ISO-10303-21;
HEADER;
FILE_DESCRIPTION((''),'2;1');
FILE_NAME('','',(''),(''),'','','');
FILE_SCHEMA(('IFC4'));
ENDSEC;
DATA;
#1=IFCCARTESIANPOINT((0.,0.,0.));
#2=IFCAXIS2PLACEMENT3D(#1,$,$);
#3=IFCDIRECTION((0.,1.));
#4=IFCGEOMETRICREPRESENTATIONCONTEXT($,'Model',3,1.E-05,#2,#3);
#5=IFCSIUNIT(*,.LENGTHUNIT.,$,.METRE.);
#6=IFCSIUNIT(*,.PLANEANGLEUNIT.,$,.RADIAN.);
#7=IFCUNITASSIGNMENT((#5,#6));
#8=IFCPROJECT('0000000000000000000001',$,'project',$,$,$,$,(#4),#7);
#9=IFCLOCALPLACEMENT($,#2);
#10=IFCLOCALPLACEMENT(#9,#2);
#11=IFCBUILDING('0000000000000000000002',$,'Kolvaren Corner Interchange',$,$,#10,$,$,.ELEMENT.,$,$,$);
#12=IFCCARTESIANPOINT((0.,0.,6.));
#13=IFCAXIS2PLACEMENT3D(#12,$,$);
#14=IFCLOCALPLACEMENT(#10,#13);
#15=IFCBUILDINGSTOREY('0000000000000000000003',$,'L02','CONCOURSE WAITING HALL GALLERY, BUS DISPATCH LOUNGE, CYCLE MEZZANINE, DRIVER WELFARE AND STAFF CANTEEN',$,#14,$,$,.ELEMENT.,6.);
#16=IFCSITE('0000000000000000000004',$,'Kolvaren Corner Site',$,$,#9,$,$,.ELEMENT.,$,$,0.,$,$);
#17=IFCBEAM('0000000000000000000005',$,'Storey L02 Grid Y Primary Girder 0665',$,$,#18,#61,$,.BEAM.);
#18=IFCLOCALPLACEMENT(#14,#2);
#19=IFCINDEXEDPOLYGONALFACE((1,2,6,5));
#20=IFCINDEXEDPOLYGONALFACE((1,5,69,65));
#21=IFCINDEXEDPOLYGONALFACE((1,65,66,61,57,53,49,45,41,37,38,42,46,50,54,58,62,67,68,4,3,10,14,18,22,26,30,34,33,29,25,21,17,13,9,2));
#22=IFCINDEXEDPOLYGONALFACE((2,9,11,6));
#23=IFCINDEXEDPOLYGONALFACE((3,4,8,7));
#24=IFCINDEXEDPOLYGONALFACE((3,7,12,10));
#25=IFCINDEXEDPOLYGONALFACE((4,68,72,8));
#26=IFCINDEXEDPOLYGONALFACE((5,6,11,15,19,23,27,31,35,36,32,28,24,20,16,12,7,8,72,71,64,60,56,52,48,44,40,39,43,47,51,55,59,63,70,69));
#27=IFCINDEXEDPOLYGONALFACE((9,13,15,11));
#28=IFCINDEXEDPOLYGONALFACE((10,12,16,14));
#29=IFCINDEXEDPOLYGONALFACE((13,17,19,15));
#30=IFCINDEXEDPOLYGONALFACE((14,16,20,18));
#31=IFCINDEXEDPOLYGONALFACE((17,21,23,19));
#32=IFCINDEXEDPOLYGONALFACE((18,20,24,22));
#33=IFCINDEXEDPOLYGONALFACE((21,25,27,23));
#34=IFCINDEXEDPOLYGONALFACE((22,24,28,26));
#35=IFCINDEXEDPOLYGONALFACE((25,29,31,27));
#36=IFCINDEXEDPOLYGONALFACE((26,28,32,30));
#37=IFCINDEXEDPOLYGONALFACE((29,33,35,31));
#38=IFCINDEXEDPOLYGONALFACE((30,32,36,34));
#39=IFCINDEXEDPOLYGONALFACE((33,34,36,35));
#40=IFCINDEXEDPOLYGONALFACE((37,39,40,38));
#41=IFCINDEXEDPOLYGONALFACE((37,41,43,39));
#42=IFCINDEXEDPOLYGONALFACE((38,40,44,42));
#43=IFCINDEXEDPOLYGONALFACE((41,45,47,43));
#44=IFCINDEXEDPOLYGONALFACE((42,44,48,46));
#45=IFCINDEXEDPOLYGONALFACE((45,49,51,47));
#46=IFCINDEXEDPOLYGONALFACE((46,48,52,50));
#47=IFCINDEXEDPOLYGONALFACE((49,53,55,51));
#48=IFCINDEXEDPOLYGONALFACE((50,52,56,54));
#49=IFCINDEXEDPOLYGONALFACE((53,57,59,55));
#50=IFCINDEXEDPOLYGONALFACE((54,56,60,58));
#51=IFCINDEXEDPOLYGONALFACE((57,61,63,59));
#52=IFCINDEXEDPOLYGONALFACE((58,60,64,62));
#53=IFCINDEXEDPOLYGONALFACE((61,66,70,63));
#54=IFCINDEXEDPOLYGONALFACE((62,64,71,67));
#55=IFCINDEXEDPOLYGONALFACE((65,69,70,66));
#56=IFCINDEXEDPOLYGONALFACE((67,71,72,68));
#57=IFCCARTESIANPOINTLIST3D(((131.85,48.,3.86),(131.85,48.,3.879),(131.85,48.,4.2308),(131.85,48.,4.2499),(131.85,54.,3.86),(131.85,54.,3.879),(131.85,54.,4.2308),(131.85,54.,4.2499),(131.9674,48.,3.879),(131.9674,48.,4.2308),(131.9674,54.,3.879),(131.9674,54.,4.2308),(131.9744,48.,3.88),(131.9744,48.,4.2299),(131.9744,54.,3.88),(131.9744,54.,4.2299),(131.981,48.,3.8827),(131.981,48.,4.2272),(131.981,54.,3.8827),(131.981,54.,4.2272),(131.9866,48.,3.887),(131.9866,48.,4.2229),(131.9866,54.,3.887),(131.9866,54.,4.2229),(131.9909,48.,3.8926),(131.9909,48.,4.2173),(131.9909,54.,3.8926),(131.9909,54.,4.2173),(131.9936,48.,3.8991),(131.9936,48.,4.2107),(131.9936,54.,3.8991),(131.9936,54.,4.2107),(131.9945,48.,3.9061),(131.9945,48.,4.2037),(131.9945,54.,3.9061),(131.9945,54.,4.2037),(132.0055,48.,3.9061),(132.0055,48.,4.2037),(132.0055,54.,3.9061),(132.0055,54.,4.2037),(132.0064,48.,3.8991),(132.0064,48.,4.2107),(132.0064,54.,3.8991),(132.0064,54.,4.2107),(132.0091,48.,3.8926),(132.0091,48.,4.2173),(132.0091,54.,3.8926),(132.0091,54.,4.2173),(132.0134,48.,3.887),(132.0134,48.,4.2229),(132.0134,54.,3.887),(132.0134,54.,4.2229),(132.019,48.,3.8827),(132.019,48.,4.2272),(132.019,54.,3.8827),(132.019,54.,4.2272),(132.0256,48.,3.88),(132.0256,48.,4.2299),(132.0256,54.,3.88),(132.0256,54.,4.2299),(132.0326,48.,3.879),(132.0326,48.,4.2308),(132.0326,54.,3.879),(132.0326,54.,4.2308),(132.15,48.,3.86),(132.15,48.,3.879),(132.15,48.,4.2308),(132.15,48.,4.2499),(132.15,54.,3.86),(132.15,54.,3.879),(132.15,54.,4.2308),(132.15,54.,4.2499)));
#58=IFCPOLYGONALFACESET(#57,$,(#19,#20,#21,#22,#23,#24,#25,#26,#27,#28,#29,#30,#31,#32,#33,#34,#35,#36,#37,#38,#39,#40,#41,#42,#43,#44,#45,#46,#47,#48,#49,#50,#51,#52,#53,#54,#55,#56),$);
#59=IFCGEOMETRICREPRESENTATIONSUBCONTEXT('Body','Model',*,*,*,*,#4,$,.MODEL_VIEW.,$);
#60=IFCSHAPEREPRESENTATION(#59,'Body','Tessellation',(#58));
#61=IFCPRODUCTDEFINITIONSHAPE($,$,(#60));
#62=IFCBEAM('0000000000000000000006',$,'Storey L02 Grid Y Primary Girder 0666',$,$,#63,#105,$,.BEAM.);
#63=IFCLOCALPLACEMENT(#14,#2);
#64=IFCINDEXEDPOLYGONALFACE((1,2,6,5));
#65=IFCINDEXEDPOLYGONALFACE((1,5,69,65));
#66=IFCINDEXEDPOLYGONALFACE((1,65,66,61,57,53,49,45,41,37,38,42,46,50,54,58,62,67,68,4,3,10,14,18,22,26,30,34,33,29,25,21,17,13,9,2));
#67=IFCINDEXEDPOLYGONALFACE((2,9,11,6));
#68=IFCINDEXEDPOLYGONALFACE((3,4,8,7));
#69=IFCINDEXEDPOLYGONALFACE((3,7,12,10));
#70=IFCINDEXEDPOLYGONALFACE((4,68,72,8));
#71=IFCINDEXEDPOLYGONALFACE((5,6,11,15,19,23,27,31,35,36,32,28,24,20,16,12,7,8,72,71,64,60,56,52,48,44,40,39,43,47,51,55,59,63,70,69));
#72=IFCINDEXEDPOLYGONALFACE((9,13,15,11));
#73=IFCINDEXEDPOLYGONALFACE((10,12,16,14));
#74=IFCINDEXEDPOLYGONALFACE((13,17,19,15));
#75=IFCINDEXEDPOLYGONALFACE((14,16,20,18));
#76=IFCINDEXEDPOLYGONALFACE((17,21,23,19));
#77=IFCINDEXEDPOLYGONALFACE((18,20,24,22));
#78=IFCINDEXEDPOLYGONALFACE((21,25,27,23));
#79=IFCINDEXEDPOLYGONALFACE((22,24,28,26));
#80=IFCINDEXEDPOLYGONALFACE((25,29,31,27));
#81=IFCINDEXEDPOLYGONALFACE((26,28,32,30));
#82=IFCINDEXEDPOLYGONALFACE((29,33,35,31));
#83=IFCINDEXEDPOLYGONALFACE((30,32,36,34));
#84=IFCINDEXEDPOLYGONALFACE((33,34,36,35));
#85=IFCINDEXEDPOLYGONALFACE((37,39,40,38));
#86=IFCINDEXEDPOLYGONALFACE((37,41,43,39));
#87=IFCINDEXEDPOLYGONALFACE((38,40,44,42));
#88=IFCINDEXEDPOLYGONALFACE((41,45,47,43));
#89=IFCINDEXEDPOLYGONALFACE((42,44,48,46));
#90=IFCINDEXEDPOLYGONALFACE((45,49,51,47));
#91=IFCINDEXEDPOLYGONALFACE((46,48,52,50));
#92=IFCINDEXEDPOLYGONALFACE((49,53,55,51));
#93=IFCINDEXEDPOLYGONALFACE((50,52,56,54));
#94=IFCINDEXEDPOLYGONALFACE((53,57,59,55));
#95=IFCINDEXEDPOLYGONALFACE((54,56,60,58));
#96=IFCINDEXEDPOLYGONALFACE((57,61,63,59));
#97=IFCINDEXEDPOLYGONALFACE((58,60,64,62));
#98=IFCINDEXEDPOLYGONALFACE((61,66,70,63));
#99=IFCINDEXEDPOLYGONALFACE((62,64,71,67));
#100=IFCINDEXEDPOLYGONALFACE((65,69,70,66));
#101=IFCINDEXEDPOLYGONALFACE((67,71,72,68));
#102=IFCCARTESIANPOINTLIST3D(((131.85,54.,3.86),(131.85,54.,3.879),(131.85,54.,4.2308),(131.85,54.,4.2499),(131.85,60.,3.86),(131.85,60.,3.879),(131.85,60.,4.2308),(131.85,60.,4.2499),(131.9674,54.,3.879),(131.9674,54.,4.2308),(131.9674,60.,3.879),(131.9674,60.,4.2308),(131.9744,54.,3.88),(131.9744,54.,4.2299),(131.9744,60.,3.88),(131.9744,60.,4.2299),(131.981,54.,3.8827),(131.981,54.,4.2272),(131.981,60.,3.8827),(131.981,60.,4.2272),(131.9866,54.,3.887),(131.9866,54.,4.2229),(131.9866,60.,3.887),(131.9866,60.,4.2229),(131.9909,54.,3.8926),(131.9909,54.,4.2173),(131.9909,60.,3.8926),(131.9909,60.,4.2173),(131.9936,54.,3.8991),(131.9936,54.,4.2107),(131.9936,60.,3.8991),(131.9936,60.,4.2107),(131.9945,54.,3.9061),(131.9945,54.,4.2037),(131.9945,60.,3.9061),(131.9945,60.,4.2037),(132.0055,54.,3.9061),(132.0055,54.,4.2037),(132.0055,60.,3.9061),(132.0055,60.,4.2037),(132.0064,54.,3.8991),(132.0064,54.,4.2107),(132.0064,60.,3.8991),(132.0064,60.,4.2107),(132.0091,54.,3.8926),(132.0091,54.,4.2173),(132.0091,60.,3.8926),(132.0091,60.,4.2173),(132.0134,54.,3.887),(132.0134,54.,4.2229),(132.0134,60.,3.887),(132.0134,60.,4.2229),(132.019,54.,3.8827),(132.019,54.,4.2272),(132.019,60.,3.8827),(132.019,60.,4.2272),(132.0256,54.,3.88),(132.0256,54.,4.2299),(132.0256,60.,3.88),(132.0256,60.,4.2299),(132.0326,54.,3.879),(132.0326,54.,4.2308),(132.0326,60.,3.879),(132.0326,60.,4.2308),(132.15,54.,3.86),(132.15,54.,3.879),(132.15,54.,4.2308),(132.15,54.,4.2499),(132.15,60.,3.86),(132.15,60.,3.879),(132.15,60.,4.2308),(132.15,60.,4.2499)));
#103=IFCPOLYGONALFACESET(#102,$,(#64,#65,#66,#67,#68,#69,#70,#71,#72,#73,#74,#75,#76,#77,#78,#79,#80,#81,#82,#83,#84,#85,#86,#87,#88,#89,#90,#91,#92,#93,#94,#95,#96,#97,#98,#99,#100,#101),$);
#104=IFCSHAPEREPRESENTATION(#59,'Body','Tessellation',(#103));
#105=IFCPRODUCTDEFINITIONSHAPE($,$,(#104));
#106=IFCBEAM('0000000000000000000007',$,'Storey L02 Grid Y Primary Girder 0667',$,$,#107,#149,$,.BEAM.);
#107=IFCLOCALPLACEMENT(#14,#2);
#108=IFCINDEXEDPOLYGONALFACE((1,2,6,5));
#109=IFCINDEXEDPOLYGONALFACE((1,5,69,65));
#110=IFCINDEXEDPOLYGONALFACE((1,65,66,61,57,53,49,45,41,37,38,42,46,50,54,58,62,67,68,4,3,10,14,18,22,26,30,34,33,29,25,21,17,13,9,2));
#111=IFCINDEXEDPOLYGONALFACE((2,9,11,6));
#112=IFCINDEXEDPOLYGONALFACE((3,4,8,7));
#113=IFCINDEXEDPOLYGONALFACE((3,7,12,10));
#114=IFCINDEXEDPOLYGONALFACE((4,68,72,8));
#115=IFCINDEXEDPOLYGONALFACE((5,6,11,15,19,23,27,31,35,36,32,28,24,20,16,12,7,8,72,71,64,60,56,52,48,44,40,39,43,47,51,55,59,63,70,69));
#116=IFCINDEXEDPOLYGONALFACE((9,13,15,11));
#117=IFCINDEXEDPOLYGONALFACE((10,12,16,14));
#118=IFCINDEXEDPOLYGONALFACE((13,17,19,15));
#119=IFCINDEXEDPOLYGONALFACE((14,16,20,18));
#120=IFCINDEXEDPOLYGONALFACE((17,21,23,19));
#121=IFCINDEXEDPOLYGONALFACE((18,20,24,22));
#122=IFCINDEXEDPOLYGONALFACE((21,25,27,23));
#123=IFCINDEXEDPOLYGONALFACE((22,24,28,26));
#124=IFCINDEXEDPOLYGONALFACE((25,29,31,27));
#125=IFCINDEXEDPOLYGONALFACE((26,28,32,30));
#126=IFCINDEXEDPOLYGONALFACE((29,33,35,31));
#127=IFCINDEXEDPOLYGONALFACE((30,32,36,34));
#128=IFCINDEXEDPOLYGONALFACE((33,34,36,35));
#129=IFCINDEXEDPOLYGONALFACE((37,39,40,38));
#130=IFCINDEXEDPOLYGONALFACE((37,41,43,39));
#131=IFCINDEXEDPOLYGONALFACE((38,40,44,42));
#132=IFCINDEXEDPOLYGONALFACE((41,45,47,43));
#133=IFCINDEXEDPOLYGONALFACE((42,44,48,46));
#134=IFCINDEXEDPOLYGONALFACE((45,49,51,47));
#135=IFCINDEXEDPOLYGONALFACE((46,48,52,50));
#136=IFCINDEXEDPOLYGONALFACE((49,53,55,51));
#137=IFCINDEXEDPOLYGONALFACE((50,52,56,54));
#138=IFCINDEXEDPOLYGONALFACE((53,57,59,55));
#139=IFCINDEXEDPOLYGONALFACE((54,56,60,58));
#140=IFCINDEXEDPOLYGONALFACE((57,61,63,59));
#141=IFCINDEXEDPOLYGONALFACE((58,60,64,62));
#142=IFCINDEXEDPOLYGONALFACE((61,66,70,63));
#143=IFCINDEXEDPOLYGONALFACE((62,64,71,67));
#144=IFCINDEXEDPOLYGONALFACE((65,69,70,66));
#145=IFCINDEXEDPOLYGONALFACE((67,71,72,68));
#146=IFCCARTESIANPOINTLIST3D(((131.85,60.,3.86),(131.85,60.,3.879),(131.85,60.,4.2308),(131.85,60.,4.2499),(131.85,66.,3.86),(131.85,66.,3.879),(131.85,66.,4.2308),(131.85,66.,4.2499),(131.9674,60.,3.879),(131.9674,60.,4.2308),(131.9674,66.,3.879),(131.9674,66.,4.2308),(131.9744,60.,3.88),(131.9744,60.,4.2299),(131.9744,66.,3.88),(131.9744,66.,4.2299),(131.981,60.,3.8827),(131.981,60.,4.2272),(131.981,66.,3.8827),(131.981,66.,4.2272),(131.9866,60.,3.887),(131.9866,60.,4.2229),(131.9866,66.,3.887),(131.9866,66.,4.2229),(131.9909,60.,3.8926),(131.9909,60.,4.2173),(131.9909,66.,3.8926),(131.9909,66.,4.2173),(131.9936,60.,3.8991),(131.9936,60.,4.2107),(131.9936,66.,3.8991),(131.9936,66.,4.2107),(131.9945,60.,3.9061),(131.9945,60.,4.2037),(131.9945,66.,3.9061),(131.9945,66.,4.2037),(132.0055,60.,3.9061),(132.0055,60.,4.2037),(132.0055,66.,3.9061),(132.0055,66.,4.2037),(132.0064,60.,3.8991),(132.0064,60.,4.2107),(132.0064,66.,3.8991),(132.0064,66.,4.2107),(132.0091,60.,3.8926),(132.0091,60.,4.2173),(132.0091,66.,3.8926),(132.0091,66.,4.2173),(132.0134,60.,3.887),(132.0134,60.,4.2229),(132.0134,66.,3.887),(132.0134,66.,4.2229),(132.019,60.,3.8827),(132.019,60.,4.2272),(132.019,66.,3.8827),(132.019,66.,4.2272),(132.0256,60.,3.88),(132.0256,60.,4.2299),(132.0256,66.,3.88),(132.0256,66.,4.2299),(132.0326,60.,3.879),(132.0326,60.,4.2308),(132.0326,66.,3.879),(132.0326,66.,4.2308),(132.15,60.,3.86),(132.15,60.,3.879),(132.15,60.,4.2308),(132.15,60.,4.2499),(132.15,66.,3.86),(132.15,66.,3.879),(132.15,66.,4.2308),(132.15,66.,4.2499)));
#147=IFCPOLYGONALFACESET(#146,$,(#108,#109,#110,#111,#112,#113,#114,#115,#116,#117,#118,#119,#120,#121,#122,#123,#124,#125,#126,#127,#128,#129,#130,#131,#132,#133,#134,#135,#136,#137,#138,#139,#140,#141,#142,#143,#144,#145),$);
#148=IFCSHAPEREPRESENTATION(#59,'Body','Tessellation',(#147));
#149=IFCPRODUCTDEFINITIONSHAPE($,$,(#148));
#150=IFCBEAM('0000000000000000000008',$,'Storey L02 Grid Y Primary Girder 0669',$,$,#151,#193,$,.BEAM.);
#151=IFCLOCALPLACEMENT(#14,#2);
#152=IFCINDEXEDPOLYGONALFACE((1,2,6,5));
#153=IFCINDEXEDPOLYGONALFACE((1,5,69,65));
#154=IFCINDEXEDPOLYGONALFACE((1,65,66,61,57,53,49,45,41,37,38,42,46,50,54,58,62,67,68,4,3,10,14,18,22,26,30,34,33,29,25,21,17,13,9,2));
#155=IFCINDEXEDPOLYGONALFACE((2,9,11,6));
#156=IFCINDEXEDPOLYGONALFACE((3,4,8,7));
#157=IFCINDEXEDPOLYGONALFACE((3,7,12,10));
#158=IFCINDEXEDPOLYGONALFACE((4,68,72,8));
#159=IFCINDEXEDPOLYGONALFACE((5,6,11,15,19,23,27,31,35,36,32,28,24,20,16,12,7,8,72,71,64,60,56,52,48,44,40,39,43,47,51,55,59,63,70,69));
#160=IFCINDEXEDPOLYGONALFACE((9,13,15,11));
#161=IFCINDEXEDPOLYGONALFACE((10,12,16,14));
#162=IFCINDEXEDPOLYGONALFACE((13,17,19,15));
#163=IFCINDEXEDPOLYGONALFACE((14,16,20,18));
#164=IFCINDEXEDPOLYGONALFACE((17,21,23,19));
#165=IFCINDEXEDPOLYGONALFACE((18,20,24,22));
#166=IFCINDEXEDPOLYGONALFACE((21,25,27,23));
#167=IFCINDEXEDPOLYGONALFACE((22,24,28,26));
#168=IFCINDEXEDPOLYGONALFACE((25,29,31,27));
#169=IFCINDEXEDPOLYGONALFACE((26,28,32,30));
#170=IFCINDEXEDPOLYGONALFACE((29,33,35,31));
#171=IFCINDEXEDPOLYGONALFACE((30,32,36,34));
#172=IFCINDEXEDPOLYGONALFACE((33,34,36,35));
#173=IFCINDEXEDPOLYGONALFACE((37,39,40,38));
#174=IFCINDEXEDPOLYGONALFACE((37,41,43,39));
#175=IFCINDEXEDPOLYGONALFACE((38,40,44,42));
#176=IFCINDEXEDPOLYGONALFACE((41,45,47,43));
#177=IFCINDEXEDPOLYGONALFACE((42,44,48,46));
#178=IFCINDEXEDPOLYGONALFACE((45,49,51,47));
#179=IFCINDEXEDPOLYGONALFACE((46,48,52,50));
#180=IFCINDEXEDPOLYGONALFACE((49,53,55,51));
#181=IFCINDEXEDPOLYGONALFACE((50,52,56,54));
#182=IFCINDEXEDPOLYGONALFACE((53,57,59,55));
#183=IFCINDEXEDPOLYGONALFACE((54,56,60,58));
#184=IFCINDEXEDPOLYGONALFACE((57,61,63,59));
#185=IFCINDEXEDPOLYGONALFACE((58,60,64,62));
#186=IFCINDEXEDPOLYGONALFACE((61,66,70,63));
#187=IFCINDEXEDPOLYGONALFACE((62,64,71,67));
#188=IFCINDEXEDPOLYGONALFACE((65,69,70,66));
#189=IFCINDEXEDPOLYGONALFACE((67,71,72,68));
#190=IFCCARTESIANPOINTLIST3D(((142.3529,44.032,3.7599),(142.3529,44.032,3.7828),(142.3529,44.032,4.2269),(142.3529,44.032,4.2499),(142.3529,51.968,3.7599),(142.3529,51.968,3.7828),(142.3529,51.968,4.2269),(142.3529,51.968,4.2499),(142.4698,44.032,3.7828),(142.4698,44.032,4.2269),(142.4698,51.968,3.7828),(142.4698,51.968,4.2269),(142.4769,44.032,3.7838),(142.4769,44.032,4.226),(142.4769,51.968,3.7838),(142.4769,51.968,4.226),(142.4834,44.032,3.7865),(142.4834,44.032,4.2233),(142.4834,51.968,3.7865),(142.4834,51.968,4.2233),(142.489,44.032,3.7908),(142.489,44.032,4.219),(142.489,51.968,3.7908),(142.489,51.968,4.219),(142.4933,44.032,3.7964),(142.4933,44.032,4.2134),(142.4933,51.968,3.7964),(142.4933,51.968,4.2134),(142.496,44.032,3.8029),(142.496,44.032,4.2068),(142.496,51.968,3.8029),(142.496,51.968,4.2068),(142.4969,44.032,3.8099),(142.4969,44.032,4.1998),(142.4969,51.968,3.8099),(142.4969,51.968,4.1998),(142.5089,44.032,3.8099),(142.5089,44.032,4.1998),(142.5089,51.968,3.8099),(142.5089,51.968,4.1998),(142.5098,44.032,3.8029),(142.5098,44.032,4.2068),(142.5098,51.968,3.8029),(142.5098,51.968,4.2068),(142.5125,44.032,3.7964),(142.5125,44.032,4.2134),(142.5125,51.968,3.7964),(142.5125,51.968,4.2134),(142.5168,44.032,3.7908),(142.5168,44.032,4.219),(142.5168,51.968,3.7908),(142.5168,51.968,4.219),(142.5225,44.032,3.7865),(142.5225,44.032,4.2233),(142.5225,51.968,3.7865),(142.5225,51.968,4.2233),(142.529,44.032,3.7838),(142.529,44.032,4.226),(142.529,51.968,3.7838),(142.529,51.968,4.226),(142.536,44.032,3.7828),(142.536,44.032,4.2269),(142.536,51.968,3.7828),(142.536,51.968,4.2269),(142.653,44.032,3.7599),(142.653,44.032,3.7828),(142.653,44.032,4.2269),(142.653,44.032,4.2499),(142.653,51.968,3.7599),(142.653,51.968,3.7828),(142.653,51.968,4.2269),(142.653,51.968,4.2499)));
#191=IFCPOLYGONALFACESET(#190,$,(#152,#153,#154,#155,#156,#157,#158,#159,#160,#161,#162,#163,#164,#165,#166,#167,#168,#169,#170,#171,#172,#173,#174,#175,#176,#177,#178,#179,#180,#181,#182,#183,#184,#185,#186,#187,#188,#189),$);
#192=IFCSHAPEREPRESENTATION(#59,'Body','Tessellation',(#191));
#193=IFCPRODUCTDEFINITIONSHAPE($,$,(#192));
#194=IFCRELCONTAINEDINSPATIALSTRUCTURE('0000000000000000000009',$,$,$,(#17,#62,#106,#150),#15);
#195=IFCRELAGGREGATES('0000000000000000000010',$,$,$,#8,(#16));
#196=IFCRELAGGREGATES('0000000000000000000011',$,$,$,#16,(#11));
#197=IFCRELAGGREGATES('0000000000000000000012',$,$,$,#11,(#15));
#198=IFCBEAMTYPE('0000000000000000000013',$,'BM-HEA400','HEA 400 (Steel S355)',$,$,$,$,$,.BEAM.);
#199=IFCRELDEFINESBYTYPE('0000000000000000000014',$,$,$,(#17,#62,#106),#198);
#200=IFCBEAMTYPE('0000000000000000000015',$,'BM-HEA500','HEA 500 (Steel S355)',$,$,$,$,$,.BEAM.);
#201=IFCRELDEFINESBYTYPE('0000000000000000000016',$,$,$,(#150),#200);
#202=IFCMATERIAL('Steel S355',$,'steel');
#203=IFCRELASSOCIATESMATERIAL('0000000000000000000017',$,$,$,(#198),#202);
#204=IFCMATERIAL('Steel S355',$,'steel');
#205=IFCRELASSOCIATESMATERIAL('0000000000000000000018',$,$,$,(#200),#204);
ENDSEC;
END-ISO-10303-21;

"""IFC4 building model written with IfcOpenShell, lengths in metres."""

from ifc_helpers import new_model, si_unit, direction, frame, origin, origin_2d, place, context, subcontext, project, spatial, i_section, extrude, material, material_profile, profile_set, type_object, element, save


model = new_model("IFC4")

# Units and contexts
model_context = context("Model", 3, precision=1e-05, world=origin(), true_north=direction((0.0, 1.0)))
body_context = subcontext(model_context, "Body", "Model", "MODEL_VIEW")
ifc_project = project(units=[si_unit("LENGTHUNIT", "METRE"), si_unit("PLANEANGLEUNIT", "RADIAN")], contexts=[model_context])

# Site, building, storey
site_placement = place(None, origin())
site = spatial("IfcSite", under=ifc_project, at=site_placement, Name="Kolvaren Corner Site", CompositionType="ELEMENT", RefElevation=0.0)
building_placement = place(site_placement, origin())
building = spatial("IfcBuilding", under=site, at=building_placement, Name="Kolvaren Corner Interchange", CompositionType="ELEMENT")
storey_placement = place(building_placement, frame((0.0, 0.0, 6.0)))
storey = spatial("IfcBuildingStorey", under=building, at=storey_placement, Name="L02", Description="CONCOURSE WAITING HALL GALLERY, BUS DISPATCH LOUNGE, CYCLE MEZZANINE, DRIVER WELFARE AND STAFF CANTEEN", CompositionType="ELEMENT", Elevation=6.0)

# Beams
ifc_material_1 = material(Name="Steel S355", Category="steel")
ifc_material_profile_1 = material_profile(ifc_material_1, i_section(OverallWidth=0.3, OverallDepth=0.3899, WebThickness=0.011, FlangeThickness=0.019, FilletRadius=0.0271, at=origin_2d()), Name="HEA 400")
ifc_profile_set_1 = profile_set([ifc_material_profile_1], Name="Steel S355")
beam_type_1 = type_object("IfcBeamType", Name="BM-HEA400", Description="HEA 400 (Steel S355)", PredefinedType="BEAM", material=ifc_profile_set_1)
for number, where, z_axis, x_axis, name in (
    (1, (132.0, 48.0, 4.0549), (0.0, 1.0, 0.0), (-1.0, 0.0, 0.0), "Storey L02 Grid Y Primary Girder 0665"),
    (2, (132.0, 54.0, 4.0549), (0.0, 1.0, 0.0), (-1.0, 0.0, 0.0), "Storey L02 Grid Y Primary Girder 0666"),
    (3, (132.0, 60.0, 4.0549), (0.0, 1.0, 0.0), (-1.0, 0.0, 0.0), "Storey L02 Grid Y Primary Girder 0667"),
):
    element("IfcBeam", number, at=place(storey_placement, frame(where, z_axis=z_axis, x_axis=x_axis)), inside=storey, type_object=beam_type_1, Name=name, PredefinedType="BEAM", context=body_context, shape_type="SweptSolid", body=[
        extrude(i_section(OverallWidth=0.3, OverallDepth=0.3899, WebThickness=0.011, FlangeThickness=0.019, FilletRadius=0.0271, at=origin_2d()), origin(), (0.0, 0.0, 1.0), 6.0),
    ])
ifc_material_2 = material(Name="Steel S355", Category="steel")
ifc_material_profile_2 = material_profile(ifc_material_2, i_section(OverallWidth=0.3, OverallDepth=0.49, WebThickness=0.012, FlangeThickness=0.0229, FilletRadius=0.0271, at=origin_2d()), Name="HEA 500")
ifc_profile_set_2 = profile_set([ifc_material_profile_2], Name="Steel S355")
beam_type_2 = type_object("IfcBeamType", Name="BM-HEA500", Description="HEA 500 (Steel S355)", PredefinedType="BEAM", material=ifc_profile_set_2)
beam_1_placement = place(storey_placement, frame((142.5029, 44.032, 4.0049), z_axis=(0.0, 1.0, 0.0), x_axis=(-1.0, 0.0, 0.0)))
element("IfcBeam", 4, at=beam_1_placement, inside=storey, type_object=beam_type_2, Name="Storey L02 Grid Y Primary Girder 0669", PredefinedType="BEAM", context=body_context, shape_type="SweptSolid", body=[
    extrude(i_section(OverallWidth=0.3, OverallDepth=0.49, WebThickness=0.012, FlangeThickness=0.0229, FilletRadius=0.0271, at=origin_2d()), origin(), (0.0, 0.0, 1.0), 7.936),
])

save(model, "model.ifc")
